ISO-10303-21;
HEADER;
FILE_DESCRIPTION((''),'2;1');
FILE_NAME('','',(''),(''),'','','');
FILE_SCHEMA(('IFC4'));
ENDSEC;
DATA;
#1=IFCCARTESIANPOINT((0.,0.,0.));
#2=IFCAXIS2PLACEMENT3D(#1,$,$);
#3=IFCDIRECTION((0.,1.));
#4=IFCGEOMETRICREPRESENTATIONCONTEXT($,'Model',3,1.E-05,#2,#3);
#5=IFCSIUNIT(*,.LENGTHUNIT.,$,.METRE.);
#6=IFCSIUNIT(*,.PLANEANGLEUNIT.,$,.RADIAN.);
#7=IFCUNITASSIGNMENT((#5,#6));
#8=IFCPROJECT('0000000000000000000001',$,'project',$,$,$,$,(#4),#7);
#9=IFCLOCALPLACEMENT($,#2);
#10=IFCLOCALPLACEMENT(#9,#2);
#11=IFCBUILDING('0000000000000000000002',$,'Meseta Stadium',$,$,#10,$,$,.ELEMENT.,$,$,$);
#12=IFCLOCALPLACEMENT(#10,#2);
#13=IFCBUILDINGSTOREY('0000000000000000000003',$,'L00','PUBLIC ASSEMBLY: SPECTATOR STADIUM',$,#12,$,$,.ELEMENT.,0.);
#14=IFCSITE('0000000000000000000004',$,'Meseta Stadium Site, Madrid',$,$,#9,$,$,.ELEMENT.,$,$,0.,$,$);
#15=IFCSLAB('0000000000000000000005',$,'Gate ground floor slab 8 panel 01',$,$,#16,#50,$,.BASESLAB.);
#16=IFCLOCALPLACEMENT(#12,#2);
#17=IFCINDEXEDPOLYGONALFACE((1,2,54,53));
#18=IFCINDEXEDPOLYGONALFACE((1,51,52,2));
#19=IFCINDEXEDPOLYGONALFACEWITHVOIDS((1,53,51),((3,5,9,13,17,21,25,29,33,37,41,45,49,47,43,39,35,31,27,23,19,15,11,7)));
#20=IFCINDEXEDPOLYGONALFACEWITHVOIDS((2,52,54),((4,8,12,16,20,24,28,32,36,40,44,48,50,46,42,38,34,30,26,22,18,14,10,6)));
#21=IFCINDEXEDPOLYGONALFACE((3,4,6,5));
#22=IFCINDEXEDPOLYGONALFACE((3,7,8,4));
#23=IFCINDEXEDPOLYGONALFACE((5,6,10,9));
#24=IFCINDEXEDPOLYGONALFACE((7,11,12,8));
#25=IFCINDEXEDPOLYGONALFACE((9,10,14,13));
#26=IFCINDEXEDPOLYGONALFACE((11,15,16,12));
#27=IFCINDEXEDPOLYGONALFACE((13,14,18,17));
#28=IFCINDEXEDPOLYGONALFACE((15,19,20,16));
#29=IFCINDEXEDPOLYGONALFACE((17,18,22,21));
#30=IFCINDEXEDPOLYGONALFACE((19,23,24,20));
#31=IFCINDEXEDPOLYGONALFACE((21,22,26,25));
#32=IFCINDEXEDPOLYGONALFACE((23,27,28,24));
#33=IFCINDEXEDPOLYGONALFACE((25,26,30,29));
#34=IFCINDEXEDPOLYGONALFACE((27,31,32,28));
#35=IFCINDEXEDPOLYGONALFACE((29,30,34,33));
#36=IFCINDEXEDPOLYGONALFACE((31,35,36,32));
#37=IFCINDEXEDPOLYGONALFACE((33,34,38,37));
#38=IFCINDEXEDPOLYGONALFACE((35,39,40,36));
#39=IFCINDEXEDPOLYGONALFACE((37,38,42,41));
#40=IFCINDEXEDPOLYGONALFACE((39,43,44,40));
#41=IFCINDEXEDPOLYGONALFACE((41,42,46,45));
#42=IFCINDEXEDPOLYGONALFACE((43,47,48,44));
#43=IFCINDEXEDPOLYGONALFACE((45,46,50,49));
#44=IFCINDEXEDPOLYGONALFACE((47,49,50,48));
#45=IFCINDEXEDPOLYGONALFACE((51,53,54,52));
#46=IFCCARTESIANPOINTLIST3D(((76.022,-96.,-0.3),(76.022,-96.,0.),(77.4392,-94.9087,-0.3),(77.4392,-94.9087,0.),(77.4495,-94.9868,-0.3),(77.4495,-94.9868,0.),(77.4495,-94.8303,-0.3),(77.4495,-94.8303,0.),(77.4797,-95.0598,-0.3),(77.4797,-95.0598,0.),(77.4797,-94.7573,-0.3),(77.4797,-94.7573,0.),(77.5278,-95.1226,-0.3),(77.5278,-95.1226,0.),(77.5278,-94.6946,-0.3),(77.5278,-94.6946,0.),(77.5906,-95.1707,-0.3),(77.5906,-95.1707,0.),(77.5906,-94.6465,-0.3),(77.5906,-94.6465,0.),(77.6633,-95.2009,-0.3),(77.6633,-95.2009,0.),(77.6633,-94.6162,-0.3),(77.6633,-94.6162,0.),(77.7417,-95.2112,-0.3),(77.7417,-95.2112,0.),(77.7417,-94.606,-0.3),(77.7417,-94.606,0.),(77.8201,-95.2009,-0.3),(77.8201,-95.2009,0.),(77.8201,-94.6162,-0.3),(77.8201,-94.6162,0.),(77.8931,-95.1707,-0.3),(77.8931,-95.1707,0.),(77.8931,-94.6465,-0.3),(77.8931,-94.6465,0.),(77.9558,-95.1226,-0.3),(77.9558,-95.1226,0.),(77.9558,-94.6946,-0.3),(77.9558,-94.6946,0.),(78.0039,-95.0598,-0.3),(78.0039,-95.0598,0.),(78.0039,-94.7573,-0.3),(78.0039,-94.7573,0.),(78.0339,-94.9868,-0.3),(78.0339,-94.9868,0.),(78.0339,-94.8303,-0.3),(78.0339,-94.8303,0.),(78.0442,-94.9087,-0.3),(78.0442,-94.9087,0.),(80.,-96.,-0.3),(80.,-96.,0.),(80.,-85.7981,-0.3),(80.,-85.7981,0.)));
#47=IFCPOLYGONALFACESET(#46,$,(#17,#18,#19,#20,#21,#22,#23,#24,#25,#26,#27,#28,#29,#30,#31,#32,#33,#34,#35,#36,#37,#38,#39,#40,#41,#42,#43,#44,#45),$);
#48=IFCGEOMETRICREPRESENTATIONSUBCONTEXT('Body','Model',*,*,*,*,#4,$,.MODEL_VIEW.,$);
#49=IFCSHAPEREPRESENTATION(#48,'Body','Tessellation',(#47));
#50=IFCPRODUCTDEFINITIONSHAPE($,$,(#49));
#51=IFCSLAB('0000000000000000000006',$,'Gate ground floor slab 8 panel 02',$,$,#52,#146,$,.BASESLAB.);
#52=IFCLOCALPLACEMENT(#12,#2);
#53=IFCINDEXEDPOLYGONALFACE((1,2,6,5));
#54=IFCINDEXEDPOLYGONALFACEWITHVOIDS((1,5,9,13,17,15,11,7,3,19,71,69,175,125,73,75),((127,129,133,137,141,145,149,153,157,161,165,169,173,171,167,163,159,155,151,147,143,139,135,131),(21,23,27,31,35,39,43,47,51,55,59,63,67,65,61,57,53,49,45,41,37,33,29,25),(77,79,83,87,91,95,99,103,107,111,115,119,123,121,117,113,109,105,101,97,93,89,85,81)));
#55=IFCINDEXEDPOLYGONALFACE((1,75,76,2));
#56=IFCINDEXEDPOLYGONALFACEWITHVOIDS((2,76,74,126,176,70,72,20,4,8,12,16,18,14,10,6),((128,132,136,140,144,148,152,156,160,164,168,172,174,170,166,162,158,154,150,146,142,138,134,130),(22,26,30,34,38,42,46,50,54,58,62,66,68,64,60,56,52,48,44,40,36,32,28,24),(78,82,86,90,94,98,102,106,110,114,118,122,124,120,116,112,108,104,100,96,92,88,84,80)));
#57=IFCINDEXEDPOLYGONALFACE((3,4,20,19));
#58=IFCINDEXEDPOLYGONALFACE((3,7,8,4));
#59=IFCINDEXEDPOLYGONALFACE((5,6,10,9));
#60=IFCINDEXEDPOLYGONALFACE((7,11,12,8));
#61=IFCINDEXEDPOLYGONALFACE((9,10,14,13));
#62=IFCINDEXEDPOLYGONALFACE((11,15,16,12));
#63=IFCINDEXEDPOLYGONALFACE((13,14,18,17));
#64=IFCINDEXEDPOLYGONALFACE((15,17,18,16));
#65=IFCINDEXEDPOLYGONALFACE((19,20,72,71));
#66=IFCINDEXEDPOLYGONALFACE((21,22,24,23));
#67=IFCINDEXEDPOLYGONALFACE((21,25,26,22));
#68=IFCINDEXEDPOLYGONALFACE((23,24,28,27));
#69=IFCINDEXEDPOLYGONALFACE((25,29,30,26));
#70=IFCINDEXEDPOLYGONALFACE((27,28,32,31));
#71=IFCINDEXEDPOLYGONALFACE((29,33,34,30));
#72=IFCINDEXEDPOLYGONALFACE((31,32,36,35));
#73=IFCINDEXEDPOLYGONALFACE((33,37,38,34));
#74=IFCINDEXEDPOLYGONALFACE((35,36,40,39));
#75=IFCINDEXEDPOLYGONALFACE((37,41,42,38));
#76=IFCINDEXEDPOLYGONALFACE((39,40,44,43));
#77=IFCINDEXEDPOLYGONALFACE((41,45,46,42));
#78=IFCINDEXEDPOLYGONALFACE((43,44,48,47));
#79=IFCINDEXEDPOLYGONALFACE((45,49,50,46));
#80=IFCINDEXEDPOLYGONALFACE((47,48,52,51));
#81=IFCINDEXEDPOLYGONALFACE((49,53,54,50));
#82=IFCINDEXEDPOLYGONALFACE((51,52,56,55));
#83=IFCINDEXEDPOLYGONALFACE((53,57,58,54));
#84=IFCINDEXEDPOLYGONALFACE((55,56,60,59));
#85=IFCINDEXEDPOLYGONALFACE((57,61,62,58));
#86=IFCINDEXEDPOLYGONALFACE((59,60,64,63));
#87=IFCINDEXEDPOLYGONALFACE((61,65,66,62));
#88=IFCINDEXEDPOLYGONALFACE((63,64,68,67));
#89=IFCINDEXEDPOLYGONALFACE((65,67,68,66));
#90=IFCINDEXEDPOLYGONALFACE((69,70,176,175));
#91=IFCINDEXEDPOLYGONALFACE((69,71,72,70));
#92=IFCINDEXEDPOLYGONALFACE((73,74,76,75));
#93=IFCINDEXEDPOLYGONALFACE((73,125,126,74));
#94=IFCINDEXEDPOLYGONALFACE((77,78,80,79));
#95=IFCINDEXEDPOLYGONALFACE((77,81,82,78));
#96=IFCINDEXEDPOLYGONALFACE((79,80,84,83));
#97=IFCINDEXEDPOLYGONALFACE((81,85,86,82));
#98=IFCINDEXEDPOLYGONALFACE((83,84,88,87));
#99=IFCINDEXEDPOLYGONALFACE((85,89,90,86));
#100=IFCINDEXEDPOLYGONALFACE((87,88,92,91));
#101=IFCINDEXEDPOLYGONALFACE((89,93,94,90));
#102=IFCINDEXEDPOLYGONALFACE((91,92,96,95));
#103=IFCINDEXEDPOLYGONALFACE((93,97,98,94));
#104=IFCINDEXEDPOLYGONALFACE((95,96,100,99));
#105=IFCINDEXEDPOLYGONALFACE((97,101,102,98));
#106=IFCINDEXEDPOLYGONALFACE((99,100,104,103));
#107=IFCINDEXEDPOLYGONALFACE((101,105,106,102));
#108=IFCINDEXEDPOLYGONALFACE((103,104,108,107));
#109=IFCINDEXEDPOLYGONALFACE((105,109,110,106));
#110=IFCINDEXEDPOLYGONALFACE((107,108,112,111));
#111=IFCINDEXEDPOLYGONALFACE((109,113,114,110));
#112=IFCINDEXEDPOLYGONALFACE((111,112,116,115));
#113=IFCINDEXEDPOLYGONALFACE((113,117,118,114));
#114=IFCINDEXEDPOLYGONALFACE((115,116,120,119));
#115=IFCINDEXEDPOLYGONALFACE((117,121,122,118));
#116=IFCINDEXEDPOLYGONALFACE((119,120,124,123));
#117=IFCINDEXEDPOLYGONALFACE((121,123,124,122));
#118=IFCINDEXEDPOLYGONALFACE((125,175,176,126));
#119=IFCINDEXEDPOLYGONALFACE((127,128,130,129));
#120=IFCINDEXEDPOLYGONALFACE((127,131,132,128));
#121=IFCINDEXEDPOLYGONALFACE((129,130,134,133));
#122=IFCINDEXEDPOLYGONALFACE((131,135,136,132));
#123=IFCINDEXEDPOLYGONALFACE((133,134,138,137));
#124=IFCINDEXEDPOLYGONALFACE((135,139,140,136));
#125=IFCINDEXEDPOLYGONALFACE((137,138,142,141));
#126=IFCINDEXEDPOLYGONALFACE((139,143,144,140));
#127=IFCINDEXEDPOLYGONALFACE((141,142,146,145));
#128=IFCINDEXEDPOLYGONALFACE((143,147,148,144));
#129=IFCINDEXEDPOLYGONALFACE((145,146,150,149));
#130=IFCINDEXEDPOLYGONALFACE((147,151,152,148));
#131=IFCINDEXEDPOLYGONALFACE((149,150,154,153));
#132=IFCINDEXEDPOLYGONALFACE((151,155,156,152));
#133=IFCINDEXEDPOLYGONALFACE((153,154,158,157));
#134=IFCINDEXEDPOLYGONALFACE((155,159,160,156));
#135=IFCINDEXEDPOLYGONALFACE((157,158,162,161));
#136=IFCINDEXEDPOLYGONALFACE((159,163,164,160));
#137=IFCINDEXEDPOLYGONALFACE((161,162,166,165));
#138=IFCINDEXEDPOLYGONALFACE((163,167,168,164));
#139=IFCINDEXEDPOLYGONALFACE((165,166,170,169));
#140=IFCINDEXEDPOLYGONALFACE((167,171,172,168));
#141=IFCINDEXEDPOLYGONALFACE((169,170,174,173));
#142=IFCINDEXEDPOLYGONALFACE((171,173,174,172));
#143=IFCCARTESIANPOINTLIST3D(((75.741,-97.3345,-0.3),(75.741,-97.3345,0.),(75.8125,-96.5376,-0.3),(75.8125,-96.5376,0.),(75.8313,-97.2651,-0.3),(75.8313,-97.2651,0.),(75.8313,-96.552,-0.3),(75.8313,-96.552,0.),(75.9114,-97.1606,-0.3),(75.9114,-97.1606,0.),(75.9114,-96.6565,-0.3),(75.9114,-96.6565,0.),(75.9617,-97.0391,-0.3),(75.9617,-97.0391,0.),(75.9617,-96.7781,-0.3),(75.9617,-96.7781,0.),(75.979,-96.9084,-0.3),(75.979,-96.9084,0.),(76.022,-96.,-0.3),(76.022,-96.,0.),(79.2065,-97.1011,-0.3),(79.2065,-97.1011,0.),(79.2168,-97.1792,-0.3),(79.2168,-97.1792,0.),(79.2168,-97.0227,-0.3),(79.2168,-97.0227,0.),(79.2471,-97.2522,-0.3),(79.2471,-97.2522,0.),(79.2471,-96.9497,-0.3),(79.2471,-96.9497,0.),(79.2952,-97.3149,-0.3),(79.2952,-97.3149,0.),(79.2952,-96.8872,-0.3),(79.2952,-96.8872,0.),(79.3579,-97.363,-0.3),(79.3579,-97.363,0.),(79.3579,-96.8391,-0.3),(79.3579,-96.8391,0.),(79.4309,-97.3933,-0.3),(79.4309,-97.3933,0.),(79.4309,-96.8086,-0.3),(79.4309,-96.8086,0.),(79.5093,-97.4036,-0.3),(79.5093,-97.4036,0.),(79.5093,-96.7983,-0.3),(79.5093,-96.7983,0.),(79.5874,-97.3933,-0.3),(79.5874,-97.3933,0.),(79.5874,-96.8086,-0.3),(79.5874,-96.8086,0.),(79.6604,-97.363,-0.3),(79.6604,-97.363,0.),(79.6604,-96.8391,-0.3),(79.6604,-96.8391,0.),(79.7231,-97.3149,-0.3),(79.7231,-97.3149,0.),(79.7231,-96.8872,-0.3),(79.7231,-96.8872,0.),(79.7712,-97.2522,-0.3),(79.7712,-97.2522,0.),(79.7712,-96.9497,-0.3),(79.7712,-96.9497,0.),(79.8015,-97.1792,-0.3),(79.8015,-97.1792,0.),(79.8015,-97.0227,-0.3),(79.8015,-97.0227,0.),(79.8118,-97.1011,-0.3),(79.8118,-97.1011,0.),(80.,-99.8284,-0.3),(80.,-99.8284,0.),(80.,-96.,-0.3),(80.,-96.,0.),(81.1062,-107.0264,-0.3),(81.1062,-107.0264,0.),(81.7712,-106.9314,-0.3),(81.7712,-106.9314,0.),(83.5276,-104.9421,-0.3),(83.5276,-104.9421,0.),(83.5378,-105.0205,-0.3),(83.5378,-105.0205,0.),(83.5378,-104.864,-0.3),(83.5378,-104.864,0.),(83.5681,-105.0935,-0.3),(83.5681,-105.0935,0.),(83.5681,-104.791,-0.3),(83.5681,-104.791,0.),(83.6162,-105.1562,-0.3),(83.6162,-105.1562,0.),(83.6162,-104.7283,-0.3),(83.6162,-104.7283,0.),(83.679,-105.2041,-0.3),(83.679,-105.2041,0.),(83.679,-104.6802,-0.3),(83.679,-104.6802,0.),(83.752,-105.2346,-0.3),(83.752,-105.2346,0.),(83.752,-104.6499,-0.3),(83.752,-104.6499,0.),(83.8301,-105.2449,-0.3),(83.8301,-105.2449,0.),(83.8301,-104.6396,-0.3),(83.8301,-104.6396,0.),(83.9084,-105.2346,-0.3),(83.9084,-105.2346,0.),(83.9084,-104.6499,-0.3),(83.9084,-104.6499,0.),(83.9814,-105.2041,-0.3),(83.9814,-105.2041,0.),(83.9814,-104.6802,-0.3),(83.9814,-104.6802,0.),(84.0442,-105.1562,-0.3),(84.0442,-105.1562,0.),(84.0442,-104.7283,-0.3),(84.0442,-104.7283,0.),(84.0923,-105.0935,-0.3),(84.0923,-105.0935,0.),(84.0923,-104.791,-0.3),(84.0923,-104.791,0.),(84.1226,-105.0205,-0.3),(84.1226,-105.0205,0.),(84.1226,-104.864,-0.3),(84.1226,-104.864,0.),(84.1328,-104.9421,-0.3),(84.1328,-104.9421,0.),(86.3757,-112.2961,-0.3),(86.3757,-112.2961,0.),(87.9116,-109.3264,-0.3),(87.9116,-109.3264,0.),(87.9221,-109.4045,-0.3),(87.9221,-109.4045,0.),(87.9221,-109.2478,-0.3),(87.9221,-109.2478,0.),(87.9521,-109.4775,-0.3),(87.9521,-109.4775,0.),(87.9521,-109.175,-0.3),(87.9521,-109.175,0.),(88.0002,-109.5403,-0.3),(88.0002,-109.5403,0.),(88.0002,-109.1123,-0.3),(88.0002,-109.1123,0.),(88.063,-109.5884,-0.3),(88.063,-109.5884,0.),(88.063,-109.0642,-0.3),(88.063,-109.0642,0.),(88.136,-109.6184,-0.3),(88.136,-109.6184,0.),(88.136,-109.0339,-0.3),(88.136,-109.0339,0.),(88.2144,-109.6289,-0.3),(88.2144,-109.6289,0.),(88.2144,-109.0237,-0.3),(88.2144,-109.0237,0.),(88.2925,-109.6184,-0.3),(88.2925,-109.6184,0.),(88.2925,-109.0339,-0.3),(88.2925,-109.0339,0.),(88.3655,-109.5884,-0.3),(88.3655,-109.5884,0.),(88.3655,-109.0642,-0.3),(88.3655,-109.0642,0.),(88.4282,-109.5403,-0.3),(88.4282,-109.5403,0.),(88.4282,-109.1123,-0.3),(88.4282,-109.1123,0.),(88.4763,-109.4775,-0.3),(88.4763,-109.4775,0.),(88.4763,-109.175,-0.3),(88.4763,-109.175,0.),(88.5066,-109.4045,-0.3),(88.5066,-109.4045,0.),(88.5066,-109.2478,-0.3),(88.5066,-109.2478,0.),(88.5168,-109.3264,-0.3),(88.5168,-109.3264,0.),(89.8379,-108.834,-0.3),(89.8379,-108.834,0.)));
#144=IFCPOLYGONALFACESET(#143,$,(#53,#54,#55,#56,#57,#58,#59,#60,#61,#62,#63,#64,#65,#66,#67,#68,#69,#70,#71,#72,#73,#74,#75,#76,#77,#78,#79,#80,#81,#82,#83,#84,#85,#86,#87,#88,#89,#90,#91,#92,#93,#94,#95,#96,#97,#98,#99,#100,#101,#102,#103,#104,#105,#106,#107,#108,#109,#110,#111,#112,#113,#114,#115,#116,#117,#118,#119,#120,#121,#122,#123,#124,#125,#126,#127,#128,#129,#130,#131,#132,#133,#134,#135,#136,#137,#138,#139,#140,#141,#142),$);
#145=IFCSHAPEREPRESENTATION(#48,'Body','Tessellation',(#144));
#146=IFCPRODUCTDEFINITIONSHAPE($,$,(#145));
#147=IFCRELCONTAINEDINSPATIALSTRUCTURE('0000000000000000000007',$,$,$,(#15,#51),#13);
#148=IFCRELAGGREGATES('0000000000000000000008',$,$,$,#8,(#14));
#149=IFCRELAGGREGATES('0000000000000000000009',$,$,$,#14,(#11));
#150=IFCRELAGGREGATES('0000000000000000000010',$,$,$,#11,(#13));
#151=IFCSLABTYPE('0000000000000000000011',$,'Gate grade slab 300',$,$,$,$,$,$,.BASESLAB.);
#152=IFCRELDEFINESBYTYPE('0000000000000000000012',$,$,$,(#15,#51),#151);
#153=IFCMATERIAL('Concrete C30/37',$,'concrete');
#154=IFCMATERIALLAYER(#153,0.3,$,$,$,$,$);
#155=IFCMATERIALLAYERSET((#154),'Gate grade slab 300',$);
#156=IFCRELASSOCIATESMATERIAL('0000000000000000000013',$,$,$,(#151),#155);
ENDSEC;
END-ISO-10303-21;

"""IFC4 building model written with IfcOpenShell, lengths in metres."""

from ifc_helpers import new_model, si_unit, direction, frame, origin, place, context, subcontext, project, spatial, polyline, outline, extrude, material, layer, layer_set, type_object, element, save


model = new_model("IFC4")

# Units and contexts
model_context = context("Model", 3, precision=1e-05, world=origin(), true_north=direction((0.0, 1.0)))
body_context = subcontext(model_context, "Body", "Model", "MODEL_VIEW")
ifc_project = project(units=[si_unit("LENGTHUNIT", "METRE"), si_unit("PLANEANGLEUNIT", "RADIAN")], contexts=[model_context])

# Site, building, storey
site_placement = place(None, origin())
site = spatial("IfcSite", under=ifc_project, at=site_placement, Name="Meseta Stadium Site, Madrid", CompositionType="ELEMENT", RefElevation=0.0)
building_placement = place(site_placement, origin())
building = spatial("IfcBuilding", under=site, at=building_placement, Name="Meseta Stadium", CompositionType="ELEMENT")
storey_placement = place(building_placement, origin())
storey = spatial("IfcBuildingStorey", under=building, at=storey_placement, Name="L00", Description="PUBLIC ASSEMBLY: SPECTATOR STADIUM", CompositionType="ELEMENT", Elevation=0.0)

# Slabs
ifc_material_1 = material(Name="Concrete C30/37", Category="concrete")
ifc_layer_1 = layer(ifc_material_1, 0.3)
ifc_layer_set_1 = layer_set([ifc_layer_1], Name="Gate grade slab 300")
slab_type_1 = type_object("IfcSlabType", Name="Gate grade slab 300", PredefinedType="BASESLAB", material=ifc_layer_set_1)
slab_1_placement = place(storey_placement, frame((0.0, 0.0, -0.3)))
element("IfcSlab", 1, at=slab_1_placement, inside=storey, type_object=slab_type_1, Name="Gate ground floor slab 8 panel 01", PredefinedType="BASESLAB", context=body_context, shape_type="SweptSolid", body=[
    extrude(outline(polyline([(80.0, -96.0), (80.0, -85.7981), (76.022, -96.0), (80.0, -96.0)]), holes=[polyline([(77.9558, -95.1226), (77.8931, -95.1707), (77.8201, -95.2009), (77.7417, -95.2112), (77.6633, -95.2009), (77.5906, -95.1707), (77.5278, -95.1226), (77.4797, -95.0598), (77.4495, -94.9868), (77.4392, -94.9087), (77.4495, -94.8303), (77.4797, -94.7573), (77.5278, -94.6946), (77.5906, -94.6465), (77.6633, -94.6162), (77.7417, -94.606), (77.8201, -94.6162), (77.8931, -94.6465), (77.9558, -94.6946), (78.0039, -94.7573), (78.0339, -94.8303), (78.0442, -94.9087), (78.0339, -94.9868), (78.0039, -95.0598), (77.9558, -95.1226)])]), origin(), (0.0, 0.0, 1.0), 0.3),
])
slab_2_placement = place(storey_placement, frame((0.0, 0.0, -0.3)))
element("IfcSlab", 2, at=slab_2_placement, inside=storey, type_object=slab_type_1, Name="Gate ground floor slab 8 panel 02", PredefinedType="BASESLAB", context=body_context, shape_type="SweptSolid", body=[
    extrude(outline(polyline([(75.8313, -96.552), (75.9114, -96.6565), (75.9617, -96.7781), (75.979, -96.9084), (75.9617, -97.0391), (75.9114, -97.1606), (75.8313, -97.2651), (75.741, -97.3345), (81.7712, -106.9314), (81.1062, -107.0264), (86.3757, -112.2961), (89.8379, -108.834), (80.0, -99.8284), (80.0, -96.0), (76.022, -96.0), (75.8125, -96.5376), (75.8313, -96.552)]), holes=[polyline([(79.7231, -96.8872), (79.7712, -96.9497), (79.8015, -97.0227), (79.8118, -97.1011), (79.8015, -97.1792), (79.7712, -97.2522), (79.7231, -97.3149), (79.6604, -97.363), (79.5874, -97.3933), (79.5093, -97.4036), (79.4309, -97.3933), (79.3579, -97.363), (79.2952, -97.3149), (79.2471, -97.2522), (79.2168, -97.1792), (79.2065, -97.1011), (79.2168, -97.0227), (79.2471, -96.9497), (79.2952, -96.8872), (79.3579, -96.8391), (79.4309, -96.8086), (79.5093, -96.7983), (79.5874, -96.8086), (79.6604, -96.8391), (79.7231, -96.8872)]), polyline([(88.4763, -109.175), (88.5066, -109.2478), (88.5168, -109.3264), (88.5066, -109.4045), (88.4763, -109.4775), (88.4282, -109.5403), (88.3655, -109.5884), (88.2925, -109.6184), (88.2144, -109.6289), (88.136, -109.6184), (88.063, -109.5884), (88.0002, -109.5403), (87.9521, -109.4775), (87.9221, -109.4045), (87.9116, -109.3264), (87.9221, -109.2478), (87.9521, -109.175), (88.0002, -109.1123), (88.063, -109.0642), (88.136, -109.0339), (88.2144, -109.0237), (88.2925, -109.0339), (88.3655, -109.0642), (88.4282, -109.1123), (88.4763, -109.175)]), polyline([(84.1226, -104.864), (84.1328, -104.9421), (84.1226, -105.0205), (84.0923, -105.0935), (84.0442, -105.1562), (83.9814, -105.2041), (83.9084, -105.2346), (83.8301, -105.2449), (83.752, -105.2346), (83.679, -105.2041), (83.6162, -105.1562), (83.5681, -105.0935), (83.5378, -105.0205), (83.5276, -104.9421), (83.5378, -104.864), (83.5681, -104.791), (83.6162, -104.7283), (83.679, -104.6802), (83.752, -104.6499), (83.8301, -104.6396), (83.9084, -104.6499), (83.9814, -104.6802), (84.0442, -104.7283), (84.0923, -104.791), (84.1226, -104.864)])]), origin(), (0.0, 0.0, 1.0), 0.3),
])

save(model, "model.ifc")
